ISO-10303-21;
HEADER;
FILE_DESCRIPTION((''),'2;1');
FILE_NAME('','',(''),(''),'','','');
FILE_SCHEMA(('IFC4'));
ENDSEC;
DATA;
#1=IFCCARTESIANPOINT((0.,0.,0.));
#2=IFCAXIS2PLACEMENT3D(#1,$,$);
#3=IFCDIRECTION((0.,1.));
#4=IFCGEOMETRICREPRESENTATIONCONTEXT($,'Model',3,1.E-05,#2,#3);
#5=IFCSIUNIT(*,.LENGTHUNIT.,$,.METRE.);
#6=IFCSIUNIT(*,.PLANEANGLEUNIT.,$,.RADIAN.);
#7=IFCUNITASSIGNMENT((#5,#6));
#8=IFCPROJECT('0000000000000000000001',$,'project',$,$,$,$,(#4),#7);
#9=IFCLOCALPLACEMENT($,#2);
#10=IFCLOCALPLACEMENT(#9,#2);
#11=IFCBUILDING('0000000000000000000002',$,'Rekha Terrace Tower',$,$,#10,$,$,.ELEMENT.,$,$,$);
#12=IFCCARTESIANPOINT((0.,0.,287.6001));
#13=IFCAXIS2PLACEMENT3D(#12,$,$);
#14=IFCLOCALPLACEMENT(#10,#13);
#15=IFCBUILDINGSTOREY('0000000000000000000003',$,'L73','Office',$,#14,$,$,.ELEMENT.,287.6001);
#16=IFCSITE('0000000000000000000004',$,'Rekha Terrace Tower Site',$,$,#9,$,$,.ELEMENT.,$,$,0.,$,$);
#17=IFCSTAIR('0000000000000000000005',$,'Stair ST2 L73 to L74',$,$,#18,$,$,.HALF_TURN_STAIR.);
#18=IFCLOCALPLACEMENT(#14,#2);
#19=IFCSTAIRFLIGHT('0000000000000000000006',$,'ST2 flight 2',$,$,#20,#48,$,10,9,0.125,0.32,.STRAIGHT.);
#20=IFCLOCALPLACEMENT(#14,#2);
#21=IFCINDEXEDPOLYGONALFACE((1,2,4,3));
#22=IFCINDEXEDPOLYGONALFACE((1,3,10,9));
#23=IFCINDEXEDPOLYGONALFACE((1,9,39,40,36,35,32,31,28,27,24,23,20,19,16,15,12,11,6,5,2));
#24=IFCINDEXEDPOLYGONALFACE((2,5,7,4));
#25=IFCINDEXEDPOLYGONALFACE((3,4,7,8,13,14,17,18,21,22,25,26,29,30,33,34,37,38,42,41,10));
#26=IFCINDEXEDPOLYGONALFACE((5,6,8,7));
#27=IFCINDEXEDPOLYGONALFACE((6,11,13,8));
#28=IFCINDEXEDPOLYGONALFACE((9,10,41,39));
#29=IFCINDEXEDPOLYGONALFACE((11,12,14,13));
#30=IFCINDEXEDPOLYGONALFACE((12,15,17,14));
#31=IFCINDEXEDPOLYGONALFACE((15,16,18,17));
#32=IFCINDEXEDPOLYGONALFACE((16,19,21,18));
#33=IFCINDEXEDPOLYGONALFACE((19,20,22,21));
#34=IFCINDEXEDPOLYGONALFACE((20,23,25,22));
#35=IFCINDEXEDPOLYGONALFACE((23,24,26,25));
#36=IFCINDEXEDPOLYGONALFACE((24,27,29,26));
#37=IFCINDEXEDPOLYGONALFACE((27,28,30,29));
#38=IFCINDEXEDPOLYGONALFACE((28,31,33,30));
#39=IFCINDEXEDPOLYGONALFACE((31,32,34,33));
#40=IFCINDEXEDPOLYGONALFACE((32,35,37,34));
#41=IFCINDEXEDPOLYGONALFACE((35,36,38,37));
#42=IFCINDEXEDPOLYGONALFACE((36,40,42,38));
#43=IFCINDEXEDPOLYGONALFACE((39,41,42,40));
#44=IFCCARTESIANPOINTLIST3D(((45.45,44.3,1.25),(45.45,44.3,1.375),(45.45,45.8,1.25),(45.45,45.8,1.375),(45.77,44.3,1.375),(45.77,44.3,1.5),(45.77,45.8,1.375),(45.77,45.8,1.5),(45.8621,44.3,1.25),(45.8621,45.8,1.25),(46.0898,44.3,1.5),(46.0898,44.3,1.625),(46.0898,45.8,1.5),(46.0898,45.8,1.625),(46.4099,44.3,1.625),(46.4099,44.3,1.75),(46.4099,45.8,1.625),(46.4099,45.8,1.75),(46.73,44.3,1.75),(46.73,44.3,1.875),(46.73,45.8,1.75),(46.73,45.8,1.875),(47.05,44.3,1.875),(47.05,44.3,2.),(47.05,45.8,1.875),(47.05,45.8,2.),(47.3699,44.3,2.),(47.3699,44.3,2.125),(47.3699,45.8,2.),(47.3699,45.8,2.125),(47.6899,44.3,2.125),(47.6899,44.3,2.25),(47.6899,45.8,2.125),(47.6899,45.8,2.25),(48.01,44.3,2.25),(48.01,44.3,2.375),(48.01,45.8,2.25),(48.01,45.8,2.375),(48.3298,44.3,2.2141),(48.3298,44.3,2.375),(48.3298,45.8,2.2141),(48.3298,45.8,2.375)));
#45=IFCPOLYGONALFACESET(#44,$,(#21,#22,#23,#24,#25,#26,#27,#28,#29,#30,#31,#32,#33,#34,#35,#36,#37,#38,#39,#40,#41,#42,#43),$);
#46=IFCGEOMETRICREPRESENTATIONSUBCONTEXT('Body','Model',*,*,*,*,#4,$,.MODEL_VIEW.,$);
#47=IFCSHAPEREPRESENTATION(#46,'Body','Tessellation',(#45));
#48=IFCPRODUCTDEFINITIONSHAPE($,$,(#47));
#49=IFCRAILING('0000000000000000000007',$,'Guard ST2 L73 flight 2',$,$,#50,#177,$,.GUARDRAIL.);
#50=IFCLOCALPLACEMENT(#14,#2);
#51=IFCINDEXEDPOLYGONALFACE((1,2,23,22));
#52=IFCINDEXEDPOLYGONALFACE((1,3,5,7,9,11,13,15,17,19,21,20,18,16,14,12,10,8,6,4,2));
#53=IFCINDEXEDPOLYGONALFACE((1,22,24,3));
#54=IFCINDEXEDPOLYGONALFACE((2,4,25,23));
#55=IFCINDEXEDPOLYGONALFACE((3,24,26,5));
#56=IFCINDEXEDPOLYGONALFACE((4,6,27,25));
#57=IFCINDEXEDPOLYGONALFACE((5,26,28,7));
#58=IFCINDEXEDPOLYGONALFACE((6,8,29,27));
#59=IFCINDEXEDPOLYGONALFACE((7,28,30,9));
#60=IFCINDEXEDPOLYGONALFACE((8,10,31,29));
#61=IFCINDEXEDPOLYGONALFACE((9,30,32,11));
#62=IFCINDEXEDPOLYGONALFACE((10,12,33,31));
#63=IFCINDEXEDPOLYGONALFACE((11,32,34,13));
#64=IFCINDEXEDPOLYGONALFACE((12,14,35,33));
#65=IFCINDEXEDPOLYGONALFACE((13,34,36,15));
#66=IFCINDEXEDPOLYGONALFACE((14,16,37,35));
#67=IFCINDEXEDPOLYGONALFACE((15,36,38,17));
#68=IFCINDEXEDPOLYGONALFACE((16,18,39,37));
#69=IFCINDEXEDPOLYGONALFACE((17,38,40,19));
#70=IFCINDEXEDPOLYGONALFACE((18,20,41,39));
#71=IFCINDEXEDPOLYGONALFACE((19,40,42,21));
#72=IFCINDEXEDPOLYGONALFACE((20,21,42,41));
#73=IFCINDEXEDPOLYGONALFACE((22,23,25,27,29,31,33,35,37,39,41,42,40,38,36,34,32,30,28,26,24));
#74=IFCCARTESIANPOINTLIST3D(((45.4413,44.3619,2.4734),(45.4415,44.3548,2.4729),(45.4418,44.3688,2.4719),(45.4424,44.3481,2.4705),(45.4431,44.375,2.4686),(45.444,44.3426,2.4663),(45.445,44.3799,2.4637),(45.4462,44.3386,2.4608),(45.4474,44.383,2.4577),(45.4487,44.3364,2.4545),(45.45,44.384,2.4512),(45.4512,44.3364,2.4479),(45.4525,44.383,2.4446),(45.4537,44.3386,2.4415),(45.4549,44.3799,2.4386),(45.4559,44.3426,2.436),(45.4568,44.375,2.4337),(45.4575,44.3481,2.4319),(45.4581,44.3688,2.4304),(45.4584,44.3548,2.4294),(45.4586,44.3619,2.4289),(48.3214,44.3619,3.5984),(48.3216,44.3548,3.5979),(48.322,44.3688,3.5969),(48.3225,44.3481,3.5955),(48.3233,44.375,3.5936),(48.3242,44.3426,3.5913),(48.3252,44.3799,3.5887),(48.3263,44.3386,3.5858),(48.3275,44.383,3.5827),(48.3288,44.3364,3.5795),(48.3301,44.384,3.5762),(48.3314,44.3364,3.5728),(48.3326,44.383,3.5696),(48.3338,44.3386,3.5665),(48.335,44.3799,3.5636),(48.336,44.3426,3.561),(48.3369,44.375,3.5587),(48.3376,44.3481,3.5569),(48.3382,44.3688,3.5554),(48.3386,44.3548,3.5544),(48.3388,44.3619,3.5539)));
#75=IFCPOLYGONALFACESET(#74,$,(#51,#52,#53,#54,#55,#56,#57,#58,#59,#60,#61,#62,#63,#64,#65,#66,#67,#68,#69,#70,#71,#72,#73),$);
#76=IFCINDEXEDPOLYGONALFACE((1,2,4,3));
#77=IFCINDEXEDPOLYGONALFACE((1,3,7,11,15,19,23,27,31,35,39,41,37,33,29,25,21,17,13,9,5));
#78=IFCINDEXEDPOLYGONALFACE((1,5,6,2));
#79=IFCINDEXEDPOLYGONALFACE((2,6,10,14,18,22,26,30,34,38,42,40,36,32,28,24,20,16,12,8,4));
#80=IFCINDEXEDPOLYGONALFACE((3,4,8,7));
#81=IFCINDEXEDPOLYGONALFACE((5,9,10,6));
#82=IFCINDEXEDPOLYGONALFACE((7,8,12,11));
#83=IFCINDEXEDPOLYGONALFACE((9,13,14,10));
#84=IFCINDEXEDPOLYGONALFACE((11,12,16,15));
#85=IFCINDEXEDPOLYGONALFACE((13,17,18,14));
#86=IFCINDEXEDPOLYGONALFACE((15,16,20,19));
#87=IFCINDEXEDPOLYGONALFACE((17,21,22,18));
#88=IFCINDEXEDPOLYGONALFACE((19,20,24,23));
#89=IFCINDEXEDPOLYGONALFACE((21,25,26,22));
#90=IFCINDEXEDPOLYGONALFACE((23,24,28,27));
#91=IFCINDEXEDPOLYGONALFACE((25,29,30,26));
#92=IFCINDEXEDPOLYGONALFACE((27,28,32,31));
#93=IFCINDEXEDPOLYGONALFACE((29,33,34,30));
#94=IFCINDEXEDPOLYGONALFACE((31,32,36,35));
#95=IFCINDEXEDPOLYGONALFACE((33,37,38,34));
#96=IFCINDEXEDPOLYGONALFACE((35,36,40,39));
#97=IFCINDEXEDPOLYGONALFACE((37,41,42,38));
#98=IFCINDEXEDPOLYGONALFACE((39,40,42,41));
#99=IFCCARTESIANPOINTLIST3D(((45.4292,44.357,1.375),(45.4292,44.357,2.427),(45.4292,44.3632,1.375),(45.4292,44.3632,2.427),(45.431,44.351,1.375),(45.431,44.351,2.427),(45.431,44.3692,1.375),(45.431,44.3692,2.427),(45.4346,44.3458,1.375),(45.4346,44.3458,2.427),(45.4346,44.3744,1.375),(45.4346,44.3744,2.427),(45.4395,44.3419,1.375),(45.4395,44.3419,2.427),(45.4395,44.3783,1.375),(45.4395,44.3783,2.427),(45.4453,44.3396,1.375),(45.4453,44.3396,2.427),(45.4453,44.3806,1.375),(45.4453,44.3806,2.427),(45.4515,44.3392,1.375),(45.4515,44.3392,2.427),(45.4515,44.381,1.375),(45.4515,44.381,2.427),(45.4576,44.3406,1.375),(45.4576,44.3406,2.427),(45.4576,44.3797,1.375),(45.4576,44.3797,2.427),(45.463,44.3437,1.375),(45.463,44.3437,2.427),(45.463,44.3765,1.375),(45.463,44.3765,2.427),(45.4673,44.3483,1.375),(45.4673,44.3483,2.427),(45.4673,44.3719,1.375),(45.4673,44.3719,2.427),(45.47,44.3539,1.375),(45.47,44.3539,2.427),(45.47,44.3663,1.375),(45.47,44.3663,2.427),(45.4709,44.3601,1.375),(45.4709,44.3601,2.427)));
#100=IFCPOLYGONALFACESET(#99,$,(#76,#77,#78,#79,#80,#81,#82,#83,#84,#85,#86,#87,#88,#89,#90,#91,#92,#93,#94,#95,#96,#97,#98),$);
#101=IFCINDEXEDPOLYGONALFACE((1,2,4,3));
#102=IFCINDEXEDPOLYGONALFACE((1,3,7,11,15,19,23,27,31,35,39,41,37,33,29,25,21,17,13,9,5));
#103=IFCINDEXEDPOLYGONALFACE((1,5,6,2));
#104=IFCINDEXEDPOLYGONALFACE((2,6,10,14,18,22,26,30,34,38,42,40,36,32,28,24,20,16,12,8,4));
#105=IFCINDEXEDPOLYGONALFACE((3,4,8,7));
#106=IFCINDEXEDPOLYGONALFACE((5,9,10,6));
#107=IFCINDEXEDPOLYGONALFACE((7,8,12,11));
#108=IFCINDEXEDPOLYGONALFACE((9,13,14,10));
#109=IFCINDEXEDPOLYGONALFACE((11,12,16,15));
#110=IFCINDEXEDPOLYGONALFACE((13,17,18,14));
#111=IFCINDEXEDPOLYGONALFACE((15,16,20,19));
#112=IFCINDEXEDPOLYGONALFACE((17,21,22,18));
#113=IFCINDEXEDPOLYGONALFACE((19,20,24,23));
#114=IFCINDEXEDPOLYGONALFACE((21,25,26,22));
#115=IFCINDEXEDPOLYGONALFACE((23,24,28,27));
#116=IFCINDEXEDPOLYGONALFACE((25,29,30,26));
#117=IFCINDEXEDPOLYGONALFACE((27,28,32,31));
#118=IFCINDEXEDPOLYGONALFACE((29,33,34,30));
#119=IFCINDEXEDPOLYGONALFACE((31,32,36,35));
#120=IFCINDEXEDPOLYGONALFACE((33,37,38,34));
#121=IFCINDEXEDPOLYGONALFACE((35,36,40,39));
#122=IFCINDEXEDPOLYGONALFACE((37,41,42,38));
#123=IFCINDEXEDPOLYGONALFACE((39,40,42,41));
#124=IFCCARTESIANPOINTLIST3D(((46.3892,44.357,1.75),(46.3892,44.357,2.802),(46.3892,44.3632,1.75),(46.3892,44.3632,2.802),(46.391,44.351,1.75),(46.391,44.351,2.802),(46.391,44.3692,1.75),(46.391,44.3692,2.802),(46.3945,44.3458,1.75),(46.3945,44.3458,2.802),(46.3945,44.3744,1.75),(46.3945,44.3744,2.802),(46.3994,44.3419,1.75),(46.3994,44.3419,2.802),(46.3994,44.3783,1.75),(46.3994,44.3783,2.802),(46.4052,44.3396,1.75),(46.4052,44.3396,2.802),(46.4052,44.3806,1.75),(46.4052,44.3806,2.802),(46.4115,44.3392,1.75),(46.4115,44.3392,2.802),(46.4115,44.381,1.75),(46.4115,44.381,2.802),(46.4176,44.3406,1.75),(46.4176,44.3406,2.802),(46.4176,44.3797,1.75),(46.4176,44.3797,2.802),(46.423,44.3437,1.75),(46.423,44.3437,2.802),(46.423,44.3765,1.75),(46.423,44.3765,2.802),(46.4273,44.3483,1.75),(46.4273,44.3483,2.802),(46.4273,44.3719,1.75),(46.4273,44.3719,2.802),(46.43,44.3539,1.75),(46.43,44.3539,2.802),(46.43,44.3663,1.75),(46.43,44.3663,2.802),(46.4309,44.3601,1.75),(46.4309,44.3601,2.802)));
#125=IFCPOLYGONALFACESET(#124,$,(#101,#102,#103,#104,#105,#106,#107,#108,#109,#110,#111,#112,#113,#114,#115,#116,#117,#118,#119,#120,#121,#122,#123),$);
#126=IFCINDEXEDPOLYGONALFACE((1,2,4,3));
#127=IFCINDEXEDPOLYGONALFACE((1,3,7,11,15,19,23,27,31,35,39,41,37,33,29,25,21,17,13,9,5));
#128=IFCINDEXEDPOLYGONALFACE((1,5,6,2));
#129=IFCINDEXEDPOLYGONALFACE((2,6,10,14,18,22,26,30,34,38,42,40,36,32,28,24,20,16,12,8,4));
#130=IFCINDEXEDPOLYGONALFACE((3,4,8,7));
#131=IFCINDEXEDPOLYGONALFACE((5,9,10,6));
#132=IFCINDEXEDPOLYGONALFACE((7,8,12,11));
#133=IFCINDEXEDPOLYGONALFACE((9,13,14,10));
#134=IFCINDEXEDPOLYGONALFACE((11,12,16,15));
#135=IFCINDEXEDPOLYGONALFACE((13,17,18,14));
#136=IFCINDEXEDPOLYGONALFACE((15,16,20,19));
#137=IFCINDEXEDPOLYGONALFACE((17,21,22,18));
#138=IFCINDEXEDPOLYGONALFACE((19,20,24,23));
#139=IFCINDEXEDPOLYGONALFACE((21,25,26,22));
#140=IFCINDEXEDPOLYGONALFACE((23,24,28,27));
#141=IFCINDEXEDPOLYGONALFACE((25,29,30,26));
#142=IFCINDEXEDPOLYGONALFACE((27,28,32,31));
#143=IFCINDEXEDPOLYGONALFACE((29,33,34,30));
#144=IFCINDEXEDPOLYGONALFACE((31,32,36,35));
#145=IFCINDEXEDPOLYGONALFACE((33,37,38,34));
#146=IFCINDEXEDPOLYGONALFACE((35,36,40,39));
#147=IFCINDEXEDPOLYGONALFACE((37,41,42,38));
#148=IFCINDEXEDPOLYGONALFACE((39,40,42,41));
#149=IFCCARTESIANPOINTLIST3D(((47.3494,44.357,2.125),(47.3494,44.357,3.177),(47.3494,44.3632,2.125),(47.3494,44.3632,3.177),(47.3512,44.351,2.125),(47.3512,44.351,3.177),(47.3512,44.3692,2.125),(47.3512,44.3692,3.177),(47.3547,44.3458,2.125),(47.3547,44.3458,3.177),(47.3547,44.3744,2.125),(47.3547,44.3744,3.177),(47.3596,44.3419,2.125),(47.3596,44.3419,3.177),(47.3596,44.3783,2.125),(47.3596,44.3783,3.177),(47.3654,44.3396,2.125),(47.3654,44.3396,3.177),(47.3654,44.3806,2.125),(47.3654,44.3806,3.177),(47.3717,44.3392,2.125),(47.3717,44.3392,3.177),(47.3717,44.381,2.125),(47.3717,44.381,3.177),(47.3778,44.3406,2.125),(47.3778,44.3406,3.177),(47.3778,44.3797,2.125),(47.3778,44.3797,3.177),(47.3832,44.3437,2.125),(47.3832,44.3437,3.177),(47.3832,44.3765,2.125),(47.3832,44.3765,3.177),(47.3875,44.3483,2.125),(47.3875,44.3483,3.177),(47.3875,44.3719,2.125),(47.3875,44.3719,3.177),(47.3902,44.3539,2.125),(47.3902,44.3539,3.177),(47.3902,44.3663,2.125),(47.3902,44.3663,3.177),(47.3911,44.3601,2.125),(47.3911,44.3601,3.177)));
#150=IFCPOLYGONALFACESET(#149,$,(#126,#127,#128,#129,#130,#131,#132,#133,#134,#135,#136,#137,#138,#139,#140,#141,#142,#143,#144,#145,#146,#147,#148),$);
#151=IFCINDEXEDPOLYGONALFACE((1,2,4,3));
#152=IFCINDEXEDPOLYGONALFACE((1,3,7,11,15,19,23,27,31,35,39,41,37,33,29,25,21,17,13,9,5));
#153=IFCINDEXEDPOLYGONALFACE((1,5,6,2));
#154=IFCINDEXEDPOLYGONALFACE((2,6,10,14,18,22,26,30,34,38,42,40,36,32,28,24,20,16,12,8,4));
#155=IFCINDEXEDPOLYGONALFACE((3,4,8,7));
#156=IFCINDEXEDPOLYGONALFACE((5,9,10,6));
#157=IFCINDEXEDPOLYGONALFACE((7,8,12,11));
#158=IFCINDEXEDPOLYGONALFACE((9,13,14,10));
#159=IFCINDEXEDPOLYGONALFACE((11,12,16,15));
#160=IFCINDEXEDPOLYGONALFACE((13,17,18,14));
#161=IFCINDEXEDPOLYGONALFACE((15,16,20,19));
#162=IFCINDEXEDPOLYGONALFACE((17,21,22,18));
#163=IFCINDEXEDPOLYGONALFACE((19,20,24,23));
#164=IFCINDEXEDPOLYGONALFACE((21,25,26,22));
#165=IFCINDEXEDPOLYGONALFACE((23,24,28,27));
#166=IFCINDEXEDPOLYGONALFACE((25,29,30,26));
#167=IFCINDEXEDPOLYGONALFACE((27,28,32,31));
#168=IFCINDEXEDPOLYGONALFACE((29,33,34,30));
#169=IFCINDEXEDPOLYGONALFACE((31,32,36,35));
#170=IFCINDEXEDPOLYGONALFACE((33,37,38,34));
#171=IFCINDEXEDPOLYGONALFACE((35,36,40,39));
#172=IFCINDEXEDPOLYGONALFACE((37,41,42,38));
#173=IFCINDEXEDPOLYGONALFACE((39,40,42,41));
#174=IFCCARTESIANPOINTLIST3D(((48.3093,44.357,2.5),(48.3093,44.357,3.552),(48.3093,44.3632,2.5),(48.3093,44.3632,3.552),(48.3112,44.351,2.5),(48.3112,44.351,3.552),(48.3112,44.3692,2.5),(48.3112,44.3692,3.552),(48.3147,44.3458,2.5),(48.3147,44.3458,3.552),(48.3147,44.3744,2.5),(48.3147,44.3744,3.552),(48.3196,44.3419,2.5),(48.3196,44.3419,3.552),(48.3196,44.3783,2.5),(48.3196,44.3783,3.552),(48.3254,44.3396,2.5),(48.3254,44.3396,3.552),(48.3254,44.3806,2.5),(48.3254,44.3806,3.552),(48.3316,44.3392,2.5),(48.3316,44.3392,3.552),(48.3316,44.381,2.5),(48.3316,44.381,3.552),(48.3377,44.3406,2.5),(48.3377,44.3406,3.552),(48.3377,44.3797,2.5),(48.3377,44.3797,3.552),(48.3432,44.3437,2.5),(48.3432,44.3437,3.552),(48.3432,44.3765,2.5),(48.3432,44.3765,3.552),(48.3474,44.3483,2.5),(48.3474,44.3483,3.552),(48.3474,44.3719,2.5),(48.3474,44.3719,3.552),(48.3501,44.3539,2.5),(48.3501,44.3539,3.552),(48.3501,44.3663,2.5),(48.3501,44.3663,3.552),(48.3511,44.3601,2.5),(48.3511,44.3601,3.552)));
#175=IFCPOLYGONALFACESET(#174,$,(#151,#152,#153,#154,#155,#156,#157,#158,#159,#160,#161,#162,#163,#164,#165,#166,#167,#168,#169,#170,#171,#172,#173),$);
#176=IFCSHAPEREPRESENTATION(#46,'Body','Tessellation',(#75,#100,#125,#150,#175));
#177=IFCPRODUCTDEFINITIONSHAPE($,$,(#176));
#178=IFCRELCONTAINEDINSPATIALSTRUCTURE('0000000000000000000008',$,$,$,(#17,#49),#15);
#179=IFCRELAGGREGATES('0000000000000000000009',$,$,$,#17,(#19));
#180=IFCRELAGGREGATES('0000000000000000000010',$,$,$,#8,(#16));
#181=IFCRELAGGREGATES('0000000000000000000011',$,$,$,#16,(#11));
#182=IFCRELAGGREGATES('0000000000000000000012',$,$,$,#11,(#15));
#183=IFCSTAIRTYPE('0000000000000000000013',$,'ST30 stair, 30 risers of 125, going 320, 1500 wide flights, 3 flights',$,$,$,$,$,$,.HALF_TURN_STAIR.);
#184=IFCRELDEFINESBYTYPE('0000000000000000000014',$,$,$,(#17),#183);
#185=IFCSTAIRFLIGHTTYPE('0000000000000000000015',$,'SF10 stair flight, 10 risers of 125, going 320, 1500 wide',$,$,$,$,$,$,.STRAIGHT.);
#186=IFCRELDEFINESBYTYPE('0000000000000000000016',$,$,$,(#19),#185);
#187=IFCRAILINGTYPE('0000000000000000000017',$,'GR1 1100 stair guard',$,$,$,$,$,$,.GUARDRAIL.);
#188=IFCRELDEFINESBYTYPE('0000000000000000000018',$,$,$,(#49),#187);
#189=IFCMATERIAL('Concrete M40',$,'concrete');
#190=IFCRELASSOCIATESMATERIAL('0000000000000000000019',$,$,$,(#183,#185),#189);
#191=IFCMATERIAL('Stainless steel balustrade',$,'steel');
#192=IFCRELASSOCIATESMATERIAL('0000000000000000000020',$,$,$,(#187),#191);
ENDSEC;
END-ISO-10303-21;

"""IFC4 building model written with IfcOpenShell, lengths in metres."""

from ifc_helpers import new_model, si_unit, direction, frame, origin, origin_2d, place, context, subcontext, project, spatial, polyline, circle, outline, extrude, material, type_object, element, aggregate, save


model = new_model("IFC4")

# Units and contexts
model_context = context("Model", 3, precision=1e-05, world=origin(), true_north=direction((0.0, 1.0)))
body_context = subcontext(model_context, "Body", "Model", "MODEL_VIEW")
ifc_project = project(units=[si_unit("LENGTHUNIT", "METRE"), si_unit("PLANEANGLEUNIT", "RADIAN")], contexts=[model_context])

# Site, building, storey
site_placement = place(None, origin())
site = spatial("IfcSite", under=ifc_project, at=site_placement, Name="Rekha Terrace Tower Site", CompositionType="ELEMENT", RefElevation=0.0)
building_placement = place(site_placement, origin())
building = spatial("IfcBuilding", under=site, at=building_placement, Name="Rekha Terrace Tower", CompositionType="ELEMENT")
storey_placement = place(building_placement, frame((0.0, 0.0, 287.6001)))
storey = spatial("IfcBuildingStorey", under=building, at=storey_placement, Name="L73", Description="Office", CompositionType="ELEMENT", Elevation=287.6001)

# Stair, stair flight
ifc_material_1 = material(Name="Concrete M40", Category="concrete")
stair_type = type_object("IfcStairType", Name="ST30 stair, 30 risers of 125, going 320, 1500 wide flights, 3 flights", PredefinedType="HALF_TURN_STAIR", material=ifc_material_1)
stair_placement = place(storey_placement, origin())
stair = element("IfcStair", 1, at=stair_placement, inside=storey, type_object=stair_type, Name="Stair ST2 L73 to L74", PredefinedType="HALF_TURN_STAIR")
stair_flight_type = type_object("IfcStairFlightType", Name="SF10 stair flight, 10 risers of 125, going 320, 1500 wide", PredefinedType="STRAIGHT", material=ifc_material_1)
stair_flight_placement = place(storey_placement, frame((45.45, 45.05, 1.25), z_axis=(0.0, 0.0, 1.0), x_axis=(1.0, 0.0, 0.0)))
stair_flight = element("IfcStairFlight", 2, at=stair_flight_placement, type_object=stair_flight_type, Name="ST2 flight 2", NumberOfRisers=10, NumberOfTreads=9, PredefinedType="STRAIGHT", RiserHeight=0.125, TreadLength=0.32, context=body_context, shape_type="SweptSolid", body=[
    extrude(outline(polyline([(0.0, 0.0), (0.0, 0.125), (0.3201, 0.125), (0.3201, 0.25), (0.6399, 0.25), (0.6399, 0.375), (0.96, 0.375), (0.96, 0.5), (1.28, 0.5), (1.28, 0.625), (1.6001, 0.625), (1.6001, 0.75), (1.9199, 0.75), (1.9199, 0.875), (2.24, 0.875), (2.24, 1.0), (2.5601, 1.0), (2.5601, 1.125), (2.8799, 1.125), (2.8799, 1.25), (2.8799, 0.9641), (0.4121, 0.0), (0.0, 0.0)])), frame((0.0, 0.75, 0.0), z_axis=(0.0, -1.0, 0.0), x_axis=(1.0, 0.0, 0.0)), (0.0, 0.0, 1.0), 1.5),
])
aggregate(stair, [stair_flight])

# Railing
ifc_material_2 = material(Name="Stainless steel balustrade", Category="steel")
railing_type = type_object("IfcRailingType", Name="GR1 1100 stair guard", PredefinedType="GUARDRAIL", material=ifc_material_2)
railing_placement = place(storey_placement, frame((45.45, 44.3601, 1.375)))
element("IfcRailing", 3, at=railing_placement, inside=storey, type_object=railing_type, Name="Guard ST2 L73 flight 2", PredefinedType="GUARDRAIL", context=body_context, shape_type="SweptSolid", body=[
    extrude(circle(Radius=0.0239, at=origin_2d()), frame((0.0, 0.0, 1.0762), z_axis=(0.931463, 0.0, 0.363837), x_axis=(0.0, 1.0, 0.0)), (0.0, 0.0, 1.0), 3.092),
    extrude(circle(Radius=0.021, at=origin_2d()), origin(), (0.0, 0.0, 1.0), 1.052),
    extrude(circle(Radius=0.021, at=origin_2d()), frame((0.96, 0.0, 0.375)), (0.0, 0.0, 1.0), 1.052),
    extrude(circle(Radius=0.021, at=origin_2d()), frame((1.9202, 0.0, 0.75)), (0.0, 0.0, 1.0), 1.052),
    extrude(circle(Radius=0.021, at=origin_2d()), frame((2.8801, 0.0, 1.125)), (0.0, 0.0, 1.0), 1.052),
])

save(model, "model.ifc")
